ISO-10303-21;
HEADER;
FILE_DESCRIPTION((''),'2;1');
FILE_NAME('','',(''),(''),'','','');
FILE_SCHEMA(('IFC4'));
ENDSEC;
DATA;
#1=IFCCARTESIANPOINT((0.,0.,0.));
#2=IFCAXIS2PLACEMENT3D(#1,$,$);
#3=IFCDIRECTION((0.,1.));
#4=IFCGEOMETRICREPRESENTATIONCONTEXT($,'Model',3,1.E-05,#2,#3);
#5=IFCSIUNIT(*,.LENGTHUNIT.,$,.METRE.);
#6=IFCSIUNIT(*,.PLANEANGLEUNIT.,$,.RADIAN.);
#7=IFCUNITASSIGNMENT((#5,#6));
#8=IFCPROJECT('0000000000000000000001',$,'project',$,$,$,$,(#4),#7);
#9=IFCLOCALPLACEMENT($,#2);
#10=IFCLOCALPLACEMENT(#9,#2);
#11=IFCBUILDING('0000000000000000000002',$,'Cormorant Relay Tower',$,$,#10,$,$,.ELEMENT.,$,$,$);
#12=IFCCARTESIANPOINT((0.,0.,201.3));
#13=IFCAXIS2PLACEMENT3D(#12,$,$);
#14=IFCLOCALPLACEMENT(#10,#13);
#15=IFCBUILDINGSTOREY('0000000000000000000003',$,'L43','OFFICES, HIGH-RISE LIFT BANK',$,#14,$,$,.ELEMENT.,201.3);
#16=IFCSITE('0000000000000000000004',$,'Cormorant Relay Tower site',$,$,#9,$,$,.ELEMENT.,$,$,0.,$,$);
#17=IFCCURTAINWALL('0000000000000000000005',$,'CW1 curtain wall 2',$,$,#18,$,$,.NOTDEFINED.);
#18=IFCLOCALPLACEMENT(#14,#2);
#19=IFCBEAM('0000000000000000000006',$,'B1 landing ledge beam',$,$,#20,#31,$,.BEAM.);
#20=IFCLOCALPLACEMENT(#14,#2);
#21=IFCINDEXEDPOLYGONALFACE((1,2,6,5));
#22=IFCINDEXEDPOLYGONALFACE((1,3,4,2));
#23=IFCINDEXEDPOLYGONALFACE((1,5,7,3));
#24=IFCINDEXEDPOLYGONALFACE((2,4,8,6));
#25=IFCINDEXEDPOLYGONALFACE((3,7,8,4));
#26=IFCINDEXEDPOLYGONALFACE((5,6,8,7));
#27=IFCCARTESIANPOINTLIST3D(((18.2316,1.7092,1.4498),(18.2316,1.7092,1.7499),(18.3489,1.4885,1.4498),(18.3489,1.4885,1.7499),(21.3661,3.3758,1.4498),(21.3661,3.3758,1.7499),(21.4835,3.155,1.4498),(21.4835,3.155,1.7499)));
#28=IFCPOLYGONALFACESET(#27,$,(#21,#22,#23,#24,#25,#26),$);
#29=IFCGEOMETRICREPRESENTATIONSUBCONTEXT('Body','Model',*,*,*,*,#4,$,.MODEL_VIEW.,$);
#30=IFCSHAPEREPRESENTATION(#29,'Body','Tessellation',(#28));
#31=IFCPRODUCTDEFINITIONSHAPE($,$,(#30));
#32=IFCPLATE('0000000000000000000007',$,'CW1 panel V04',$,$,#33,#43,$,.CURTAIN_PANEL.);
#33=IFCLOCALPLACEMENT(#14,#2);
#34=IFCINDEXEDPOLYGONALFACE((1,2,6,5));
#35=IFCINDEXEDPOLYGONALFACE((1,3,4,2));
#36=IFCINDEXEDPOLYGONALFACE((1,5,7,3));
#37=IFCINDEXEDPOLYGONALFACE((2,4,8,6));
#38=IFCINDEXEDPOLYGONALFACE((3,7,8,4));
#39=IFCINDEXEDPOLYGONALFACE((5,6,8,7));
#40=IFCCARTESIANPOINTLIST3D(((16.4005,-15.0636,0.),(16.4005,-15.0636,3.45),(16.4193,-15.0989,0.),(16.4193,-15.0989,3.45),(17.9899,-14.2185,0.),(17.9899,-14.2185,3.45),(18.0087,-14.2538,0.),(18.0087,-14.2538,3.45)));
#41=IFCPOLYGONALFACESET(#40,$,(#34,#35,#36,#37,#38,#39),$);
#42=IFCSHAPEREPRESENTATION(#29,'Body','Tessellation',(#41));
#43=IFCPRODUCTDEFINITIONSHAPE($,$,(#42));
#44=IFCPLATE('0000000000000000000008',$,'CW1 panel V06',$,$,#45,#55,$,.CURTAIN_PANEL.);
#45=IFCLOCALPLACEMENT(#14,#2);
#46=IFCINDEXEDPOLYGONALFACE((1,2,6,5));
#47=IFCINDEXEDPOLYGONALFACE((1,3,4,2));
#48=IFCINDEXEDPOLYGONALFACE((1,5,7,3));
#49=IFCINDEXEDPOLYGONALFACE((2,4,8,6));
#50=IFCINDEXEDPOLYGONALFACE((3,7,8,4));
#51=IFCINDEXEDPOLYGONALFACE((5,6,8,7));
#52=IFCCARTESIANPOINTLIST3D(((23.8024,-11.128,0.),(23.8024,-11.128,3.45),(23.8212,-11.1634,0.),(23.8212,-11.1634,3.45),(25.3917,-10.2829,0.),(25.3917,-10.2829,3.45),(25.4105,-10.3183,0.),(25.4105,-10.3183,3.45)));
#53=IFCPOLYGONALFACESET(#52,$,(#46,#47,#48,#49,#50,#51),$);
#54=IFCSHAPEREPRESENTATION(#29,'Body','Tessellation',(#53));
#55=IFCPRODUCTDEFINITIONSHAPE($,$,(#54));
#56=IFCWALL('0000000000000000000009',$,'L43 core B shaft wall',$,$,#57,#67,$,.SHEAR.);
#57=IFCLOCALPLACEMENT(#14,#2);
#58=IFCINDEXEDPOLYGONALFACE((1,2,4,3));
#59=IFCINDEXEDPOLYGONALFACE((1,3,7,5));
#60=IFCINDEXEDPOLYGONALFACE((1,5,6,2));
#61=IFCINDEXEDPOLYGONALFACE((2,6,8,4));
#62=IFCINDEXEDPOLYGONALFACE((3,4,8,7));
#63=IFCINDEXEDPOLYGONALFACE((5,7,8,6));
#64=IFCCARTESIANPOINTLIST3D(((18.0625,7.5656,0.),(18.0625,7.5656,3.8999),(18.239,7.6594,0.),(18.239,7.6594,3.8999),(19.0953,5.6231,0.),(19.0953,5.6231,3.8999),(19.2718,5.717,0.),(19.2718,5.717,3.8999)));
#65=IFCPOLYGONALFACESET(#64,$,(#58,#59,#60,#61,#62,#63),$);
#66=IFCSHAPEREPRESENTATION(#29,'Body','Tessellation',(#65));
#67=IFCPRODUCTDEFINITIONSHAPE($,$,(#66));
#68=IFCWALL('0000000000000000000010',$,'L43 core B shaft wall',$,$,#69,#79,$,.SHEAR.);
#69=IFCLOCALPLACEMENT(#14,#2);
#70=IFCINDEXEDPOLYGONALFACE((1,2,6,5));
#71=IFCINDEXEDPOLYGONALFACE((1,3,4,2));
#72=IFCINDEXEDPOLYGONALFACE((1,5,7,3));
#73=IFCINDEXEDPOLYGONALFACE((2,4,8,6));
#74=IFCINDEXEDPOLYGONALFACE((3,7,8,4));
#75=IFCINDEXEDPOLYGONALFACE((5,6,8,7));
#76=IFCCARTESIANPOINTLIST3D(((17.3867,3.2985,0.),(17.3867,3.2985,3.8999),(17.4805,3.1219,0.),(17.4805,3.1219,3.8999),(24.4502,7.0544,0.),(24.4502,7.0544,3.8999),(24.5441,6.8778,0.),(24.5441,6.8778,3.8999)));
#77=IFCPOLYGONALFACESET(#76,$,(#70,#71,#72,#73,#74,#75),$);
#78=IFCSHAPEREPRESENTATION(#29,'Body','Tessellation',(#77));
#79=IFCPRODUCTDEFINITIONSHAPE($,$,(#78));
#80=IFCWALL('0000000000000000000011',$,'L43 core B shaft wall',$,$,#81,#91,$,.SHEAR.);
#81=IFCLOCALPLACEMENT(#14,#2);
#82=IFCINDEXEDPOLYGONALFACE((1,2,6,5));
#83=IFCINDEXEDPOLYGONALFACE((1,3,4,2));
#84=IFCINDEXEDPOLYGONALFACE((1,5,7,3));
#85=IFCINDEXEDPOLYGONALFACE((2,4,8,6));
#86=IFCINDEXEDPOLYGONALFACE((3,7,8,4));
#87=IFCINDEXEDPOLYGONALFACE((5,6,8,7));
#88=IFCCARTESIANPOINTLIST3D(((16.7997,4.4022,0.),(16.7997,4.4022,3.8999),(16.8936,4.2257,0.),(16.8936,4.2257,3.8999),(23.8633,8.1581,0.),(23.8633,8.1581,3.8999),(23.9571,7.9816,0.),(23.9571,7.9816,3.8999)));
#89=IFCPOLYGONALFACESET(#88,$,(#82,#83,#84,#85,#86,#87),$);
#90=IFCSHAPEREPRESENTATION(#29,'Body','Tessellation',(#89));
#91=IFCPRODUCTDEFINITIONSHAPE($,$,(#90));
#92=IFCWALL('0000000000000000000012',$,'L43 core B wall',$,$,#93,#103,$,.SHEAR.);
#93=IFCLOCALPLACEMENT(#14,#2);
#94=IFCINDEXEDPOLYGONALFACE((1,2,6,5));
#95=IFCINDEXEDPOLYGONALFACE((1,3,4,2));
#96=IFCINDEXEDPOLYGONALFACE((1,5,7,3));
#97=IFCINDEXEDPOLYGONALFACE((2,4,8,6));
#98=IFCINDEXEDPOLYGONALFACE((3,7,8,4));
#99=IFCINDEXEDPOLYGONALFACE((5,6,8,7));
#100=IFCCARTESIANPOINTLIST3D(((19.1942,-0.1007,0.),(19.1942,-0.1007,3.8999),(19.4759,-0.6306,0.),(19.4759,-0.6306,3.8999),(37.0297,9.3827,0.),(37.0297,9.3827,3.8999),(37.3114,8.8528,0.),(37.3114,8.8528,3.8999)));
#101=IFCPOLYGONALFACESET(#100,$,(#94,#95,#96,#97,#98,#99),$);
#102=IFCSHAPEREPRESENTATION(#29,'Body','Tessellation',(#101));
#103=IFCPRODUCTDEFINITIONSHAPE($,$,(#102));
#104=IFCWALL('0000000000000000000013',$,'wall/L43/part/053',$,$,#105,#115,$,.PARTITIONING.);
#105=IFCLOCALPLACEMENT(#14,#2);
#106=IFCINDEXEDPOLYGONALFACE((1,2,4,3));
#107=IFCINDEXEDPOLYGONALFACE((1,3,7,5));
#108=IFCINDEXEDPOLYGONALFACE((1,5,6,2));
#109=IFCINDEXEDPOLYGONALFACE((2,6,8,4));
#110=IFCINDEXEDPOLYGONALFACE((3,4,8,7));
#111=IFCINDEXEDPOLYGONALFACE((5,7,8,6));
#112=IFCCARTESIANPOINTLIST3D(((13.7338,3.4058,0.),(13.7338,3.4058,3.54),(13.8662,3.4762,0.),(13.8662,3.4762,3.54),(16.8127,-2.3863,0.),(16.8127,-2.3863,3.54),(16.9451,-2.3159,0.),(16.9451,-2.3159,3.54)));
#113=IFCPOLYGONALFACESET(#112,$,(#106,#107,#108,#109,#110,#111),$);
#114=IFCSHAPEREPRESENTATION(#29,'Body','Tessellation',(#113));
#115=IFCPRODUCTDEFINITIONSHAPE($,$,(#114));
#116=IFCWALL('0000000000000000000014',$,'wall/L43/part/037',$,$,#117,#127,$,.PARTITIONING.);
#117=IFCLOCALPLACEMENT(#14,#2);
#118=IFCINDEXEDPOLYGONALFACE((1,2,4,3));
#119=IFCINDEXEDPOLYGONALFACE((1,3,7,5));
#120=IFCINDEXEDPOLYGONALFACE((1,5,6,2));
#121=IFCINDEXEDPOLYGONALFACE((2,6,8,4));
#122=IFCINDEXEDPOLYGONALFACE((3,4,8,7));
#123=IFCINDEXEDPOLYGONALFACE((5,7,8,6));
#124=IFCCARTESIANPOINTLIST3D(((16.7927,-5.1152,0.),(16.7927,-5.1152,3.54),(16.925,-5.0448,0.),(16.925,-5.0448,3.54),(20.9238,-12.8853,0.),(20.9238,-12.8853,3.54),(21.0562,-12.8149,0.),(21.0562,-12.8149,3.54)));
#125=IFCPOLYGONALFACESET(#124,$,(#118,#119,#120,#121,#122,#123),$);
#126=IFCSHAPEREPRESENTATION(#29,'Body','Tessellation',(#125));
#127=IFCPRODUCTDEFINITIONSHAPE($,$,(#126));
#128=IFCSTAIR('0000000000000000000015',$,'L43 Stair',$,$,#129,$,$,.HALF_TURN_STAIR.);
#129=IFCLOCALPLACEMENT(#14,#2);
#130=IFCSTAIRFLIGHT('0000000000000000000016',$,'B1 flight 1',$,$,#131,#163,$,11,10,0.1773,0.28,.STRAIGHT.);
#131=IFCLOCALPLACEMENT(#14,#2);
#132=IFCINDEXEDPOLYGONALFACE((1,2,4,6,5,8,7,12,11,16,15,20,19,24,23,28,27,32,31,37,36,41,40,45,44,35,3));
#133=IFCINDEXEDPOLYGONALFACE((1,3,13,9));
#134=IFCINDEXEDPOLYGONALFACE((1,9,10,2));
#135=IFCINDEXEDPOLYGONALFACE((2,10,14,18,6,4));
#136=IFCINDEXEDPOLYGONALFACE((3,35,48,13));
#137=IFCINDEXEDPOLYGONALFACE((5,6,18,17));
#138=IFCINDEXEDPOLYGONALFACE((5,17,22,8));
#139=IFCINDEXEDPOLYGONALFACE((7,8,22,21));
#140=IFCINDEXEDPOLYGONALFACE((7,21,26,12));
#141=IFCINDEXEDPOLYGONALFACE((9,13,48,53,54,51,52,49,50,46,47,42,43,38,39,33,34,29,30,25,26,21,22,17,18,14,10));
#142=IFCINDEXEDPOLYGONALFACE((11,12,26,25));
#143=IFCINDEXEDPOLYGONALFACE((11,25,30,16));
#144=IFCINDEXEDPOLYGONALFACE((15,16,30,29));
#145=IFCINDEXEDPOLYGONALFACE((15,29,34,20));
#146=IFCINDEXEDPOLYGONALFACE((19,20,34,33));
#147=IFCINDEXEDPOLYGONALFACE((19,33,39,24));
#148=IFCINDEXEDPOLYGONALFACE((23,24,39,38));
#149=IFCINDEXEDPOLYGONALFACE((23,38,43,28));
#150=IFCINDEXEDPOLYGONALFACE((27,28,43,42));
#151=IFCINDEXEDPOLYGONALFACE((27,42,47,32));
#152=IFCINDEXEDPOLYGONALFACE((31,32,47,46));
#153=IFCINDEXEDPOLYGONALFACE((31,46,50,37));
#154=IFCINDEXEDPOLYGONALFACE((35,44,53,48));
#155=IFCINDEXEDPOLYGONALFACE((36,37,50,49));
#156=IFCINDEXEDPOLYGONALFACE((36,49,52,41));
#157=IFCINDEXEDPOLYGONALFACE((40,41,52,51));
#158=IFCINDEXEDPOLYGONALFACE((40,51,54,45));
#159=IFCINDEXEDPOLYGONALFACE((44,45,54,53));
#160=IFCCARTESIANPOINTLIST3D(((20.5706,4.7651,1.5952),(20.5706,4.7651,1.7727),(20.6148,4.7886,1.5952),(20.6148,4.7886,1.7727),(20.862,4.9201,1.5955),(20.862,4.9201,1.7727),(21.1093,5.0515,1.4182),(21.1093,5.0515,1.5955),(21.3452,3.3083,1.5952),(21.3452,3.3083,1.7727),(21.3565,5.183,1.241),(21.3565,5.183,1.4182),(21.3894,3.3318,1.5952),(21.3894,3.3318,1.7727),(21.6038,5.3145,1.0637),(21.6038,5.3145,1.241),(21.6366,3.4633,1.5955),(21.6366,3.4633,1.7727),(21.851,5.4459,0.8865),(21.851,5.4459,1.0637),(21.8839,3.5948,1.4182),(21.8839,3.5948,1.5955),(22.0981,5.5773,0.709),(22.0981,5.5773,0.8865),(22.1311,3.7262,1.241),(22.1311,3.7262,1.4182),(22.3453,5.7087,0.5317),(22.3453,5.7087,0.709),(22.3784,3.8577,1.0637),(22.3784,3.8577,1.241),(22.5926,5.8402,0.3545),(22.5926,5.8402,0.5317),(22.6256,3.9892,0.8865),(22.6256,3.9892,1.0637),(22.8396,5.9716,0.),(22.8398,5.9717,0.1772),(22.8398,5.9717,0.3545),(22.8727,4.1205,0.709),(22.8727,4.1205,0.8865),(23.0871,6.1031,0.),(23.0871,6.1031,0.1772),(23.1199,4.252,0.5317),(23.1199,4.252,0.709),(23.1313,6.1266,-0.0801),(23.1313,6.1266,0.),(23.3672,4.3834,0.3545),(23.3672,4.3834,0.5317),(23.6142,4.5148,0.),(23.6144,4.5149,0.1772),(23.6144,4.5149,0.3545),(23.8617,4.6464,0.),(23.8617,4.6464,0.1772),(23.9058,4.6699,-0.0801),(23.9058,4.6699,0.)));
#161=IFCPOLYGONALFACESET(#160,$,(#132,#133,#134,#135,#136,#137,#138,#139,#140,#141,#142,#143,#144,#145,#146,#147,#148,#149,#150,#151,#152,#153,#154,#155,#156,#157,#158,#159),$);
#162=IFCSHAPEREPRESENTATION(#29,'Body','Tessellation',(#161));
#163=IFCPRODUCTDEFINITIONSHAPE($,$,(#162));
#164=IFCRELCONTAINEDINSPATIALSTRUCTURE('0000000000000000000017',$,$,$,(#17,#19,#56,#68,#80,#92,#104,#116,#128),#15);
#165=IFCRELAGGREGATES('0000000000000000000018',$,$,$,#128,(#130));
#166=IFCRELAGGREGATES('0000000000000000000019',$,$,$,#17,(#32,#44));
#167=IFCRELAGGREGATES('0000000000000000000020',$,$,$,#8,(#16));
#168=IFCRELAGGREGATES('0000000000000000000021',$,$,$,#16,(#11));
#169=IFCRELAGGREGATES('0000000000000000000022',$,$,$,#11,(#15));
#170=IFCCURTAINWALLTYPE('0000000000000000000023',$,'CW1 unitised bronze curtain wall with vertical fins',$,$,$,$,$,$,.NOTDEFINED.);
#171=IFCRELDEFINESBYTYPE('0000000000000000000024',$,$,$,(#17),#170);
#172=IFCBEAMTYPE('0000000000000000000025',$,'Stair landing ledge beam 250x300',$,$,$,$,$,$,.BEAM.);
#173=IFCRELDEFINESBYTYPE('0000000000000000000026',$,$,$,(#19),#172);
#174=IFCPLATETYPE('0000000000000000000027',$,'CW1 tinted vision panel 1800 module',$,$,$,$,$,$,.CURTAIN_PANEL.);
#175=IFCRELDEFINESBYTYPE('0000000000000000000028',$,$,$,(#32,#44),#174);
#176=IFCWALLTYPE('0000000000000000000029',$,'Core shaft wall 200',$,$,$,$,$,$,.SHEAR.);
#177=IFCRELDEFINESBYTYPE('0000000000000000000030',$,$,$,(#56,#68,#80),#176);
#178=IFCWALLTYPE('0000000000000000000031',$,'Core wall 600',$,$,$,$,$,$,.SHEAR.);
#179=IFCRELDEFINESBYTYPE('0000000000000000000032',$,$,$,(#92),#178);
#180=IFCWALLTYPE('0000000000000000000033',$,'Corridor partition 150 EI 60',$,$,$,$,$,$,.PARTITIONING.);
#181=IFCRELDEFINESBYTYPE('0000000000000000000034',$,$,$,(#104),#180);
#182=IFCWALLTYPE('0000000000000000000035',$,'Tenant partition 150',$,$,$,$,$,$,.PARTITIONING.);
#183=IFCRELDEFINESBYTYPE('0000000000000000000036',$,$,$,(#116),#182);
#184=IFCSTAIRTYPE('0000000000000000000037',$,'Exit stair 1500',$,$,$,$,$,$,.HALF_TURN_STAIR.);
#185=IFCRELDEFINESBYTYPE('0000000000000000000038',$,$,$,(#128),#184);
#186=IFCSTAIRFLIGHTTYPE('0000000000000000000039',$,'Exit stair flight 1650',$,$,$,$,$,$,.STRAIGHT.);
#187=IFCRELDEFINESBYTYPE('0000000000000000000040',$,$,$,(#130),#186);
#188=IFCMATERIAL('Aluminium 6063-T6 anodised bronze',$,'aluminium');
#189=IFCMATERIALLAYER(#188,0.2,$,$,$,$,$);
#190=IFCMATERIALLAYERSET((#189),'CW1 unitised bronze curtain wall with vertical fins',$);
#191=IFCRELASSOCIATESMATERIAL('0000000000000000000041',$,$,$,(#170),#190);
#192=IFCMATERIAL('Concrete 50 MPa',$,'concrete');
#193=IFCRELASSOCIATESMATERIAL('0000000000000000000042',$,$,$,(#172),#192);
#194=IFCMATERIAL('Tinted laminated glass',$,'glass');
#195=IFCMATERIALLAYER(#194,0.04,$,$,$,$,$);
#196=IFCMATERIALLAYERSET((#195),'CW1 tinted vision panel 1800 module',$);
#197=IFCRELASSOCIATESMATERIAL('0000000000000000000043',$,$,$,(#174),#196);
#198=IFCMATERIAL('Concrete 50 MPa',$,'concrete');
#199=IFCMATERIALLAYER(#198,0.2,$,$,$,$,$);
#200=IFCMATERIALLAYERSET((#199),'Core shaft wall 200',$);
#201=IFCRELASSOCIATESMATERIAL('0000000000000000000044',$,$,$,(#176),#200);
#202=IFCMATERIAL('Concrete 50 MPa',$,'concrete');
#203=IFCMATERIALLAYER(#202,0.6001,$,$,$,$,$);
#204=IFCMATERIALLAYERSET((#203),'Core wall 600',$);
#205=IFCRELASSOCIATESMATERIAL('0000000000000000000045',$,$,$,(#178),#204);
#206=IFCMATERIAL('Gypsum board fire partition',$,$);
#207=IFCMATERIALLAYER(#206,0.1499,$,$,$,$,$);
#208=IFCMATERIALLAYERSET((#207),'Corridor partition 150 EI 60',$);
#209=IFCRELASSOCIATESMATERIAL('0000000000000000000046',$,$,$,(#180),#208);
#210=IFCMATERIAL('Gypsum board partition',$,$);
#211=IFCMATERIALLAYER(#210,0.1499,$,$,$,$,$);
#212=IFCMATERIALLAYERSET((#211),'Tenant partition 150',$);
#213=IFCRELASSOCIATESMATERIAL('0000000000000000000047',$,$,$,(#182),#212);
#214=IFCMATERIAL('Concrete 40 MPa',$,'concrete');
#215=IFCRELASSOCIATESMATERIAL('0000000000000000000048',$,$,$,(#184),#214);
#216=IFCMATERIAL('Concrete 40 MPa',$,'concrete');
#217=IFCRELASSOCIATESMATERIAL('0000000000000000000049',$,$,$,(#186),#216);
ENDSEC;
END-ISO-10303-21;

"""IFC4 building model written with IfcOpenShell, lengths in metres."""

from ifc_helpers import new_model, si_unit, direction, frame, frame_2d, origin, origin_2d, place, context, subcontext, project, spatial, polyline, rectangle, outline, extrude, material, layer, layer_set, material_profile, profile_set, type_object, element, aggregate, save


model = new_model("IFC4")

# Units and contexts
model_context = context("Model", 3, precision=1e-05, world=origin(), true_north=direction((0.0, 1.0)))
body_context = subcontext(model_context, "Body", "Model", "MODEL_VIEW")
ifc_project = project(units=[si_unit("LENGTHUNIT", "METRE"), si_unit("PLANEANGLEUNIT", "RADIAN")], contexts=[model_context])

# Site, building, storey
site_placement = place(None, origin())
site = spatial("IfcSite", under=ifc_project, at=site_placement, Name="Cormorant Relay Tower site", CompositionType="ELEMENT", RefElevation=0.0)
building_placement = place(site_placement, origin())
building = spatial("IfcBuilding", under=site, at=building_placement, Name="Cormorant Relay Tower", CompositionType="ELEMENT")
storey_placement = place(building_placement, frame((0.0, 0.0, 201.3)))
storey = spatial("IfcBuildingStorey", under=building, at=storey_placement, Name="L43", Description="OFFICES, HIGH-RISE LIFT BANK", CompositionType="ELEMENT", Elevation=201.3)

# Curtain wall
ifc_material_1 = material(Name="Aluminium 6063-T6 anodised bronze", Category="aluminium")
ifc_layer_1 = layer(ifc_material_1, 0.2)
ifc_layer_set_1 = layer_set([ifc_layer_1], Name="CW1 unitised bronze curtain wall with vertical fins")
curtain_wall_type = type_object("IfcCurtainWallType", Name="CW1 unitised bronze curtain wall with vertical fins", PredefinedType="NOTDEFINED", material=ifc_layer_set_1)
curtain_wall_placement = place(storey_placement, origin())
curtain_wall = element("IfcCurtainWall", 1, at=curtain_wall_placement, inside=storey, type_object=curtain_wall_type, Name="CW1 curtain wall 2", PredefinedType="NOTDEFINED")

# Beam
ifc_material_2 = material(Name="Concrete 50 MPa", Category="concrete")
ifc_material_profile_1 = material_profile(ifc_material_2, rectangle(XDim=0.25, YDim=0.3, at=origin_2d()), Name="RC 250x300")
ifc_profile_set_1 = profile_set([ifc_material_profile_1], Name="Concrete 50 MPa")
beam_type_1 = type_object("IfcBeamType", Name="Stair landing ledge beam 250x300", PredefinedType="BEAM", material=ifc_profile_set_1)
beam_1_placement = place(storey_placement, frame((21.4248, 3.2654, 1.5999), z_axis=(-0.882965, -0.469438, 0.0), x_axis=(0.469438, -0.882965, 0.0)))
element("IfcBeam", 2, at=beam_1_placement, inside=storey, type_object=beam_type_1, Name="B1 landing ledge beam", PredefinedType="BEAM", context=body_context, shape_type="SweptSolid", body=[
    extrude(rectangle(XDim=0.25, YDim=0.3, at=origin_2d()), origin(), (0.0, 0.0, 1.0), 3.55),
])

# Plates
ifc_material_3 = material(Name="Tinted laminated glass", Category="glass")
ifc_layer_2 = layer(ifc_material_3, 0.04)
ifc_layer_set_2 = layer_set([ifc_layer_2], Name="CW1 tinted vision panel 1800 module")
plate_type = type_object("IfcPlateType", Name="CW1 tinted vision panel 1800 module", PredefinedType="CURTAIN_PANEL", material=ifc_layer_set_2)
plate_1_placement = place(storey_placement, frame((17.2046, -14.6587, 0.0), z_axis=(0.0, 0.0, 1.0), x_axis=(0.882948, 0.469472, 0.0)))
plate_1 = element("IfcPlate", 3, at=plate_1_placement, type_object=plate_type, Name="CW1 panel V04", PredefinedType="CURTAIN_PANEL", context=body_context, shape_type="SweptSolid", body=[
    extrude(rectangle(XDim=1.8, YDim=0.04, at=origin_2d()), origin(), (0.0, 0.0, 1.0), 3.45),
])
plate_2_placement = place(storey_placement, frame((24.6064, -10.7231, 0.0), z_axis=(0.0, 0.0, 1.0), x_axis=(0.882948, 0.469472, 0.0)))
plate_2 = element("IfcPlate", 4, at=plate_2_placement, type_object=plate_type, Name="CW1 panel V06", PredefinedType="CURTAIN_PANEL", context=body_context, shape_type="SweptSolid", body=[
    extrude(rectangle(XDim=1.8, YDim=0.04, at=origin_2d()), origin(), (0.0, 0.0, 1.0), 3.45),
])

# Walls
ifc_material_4 = material(Name="Concrete 50 MPa", Category="concrete")
ifc_layer_3 = layer(ifc_material_4, 0.2)
ifc_layer_set_3 = layer_set([ifc_layer_3], Name="Core shaft wall 200")
wall_type_1 = type_object("IfcWallType", Name="Core shaft wall 200", PredefinedType="SHEAR", material=ifc_layer_set_3)
wall_1_placement = place(storey_placement, frame((19.1836, 5.6699, 0.0), z_axis=(0.0, 0.0, 1.0), x_axis=(-0.469447, 0.88296, 0.0)))
element("IfcWall", 5, at=wall_1_placement, inside=storey, type_object=wall_type_1, Name="L43 core B shaft wall", PredefinedType="SHEAR", context=body_context, shape_type="SweptSolid", body=[
    extrude(rectangle(XDim=2.2, YDim=0.2, at=frame_2d((1.1001, 0.0))), origin(), (0.0, 0.0, 1.0), 3.8999),
])
for number, where, z_axis, x_axis, name in (
    (6, (17.4336, 3.2102, 0.0), (0.0, 0.0, 1.0), (0.88294, 0.469485, 0.0), "L43 core B shaft wall"),
    (7, (16.8467, 4.314, 0.0), (0.0, 0.0, 1.0), (0.88294, 0.469485, 0.0), "L43 core B shaft wall"),
):
    element("IfcWall", number, at=place(storey_placement, frame(where, z_axis=z_axis, x_axis=x_axis)), inside=storey, type_object=wall_type_1, Name=name, PredefinedType="SHEAR", context=body_context, shape_type="SweptSolid", body=[
        extrude(rectangle(XDim=8.0, YDim=0.2, at=frame_2d((4.0, 0.0))), origin(), (0.0, 0.0, 1.0), 3.8999),
    ])

# Shared definitions
ifc_material_5 = material(Name="Concrete 50 MPa", Category="concrete")
ifc_layer_4 = layer(ifc_material_5, 0.6001)
ifc_layer_set_4 = layer_set([ifc_layer_4], Name="Core wall 600")
wall_type_2 = type_object("IfcWallType", Name="Core wall 600", PredefinedType="SHEAR", material=ifc_layer_set_4)

# Walls
wall_2_placement = place(storey_placement, frame((19.335, -0.3657, 0.0), z_axis=(0.0, 0.0, 1.0), x_axis=(0.882945, 0.469476, 0.0)))
element("IfcWall", 8, at=wall_2_placement, inside=storey, type_object=wall_type_2, Name="L43 core B wall", PredefinedType="SHEAR", context=body_context, shape_type="SweptSolid", body=[
    extrude(rectangle(XDim=20.2, YDim=0.6001, at=frame_2d((10.1001, 0.0))), origin(), (0.0, 0.0, 1.0), 3.8999),
])
ifc_material_6 = material(Name="Gypsum board fire partition")
ifc_layer_5 = layer(ifc_material_6, 0.1499)
ifc_layer_set_5 = layer_set([ifc_layer_5], Name="Corridor partition 150 EI 60")
wall_type_3 = type_object("IfcWallType", Name="Corridor partition 150 EI 60", PredefinedType="PARTITIONING", material=ifc_layer_set_5)
wall_3_placement = place(storey_placement, frame((16.8789, -2.3511, 0.0), z_axis=(0.0, 0.0, 1.0), x_axis=(-0.469377, 0.882998, 0.0)))
element("IfcWall", 9, at=wall_3_placement, inside=storey, type_object=wall_type_3, Name="wall/L43/part/053", PredefinedType="PARTITIONING", context=body_context, shape_type="SweptSolid", body=[
    extrude(rectangle(XDim=6.5596, YDim=0.1499, at=frame_2d((3.2798, 0.0))), origin(), (0.0, 0.0, 1.0), 3.54),
])
ifc_material_7 = material(Name="Gypsum board partition")
ifc_layer_6 = layer(ifc_material_7, 0.1499)
ifc_layer_set_6 = layer_set([ifc_layer_6], Name="Tenant partition 150")
wall_type_4 = type_object("IfcWallType", Name="Tenant partition 150", PredefinedType="PARTITIONING", material=ifc_layer_set_6)
wall_4_placement = place(storey_placement, frame((16.8589, -5.0801, 0.0), z_axis=(0.0, 0.0, 1.0), x_axis=(0.469446, -0.882961, 0.0)))
element("IfcWall", 10, at=wall_4_placement, inside=storey, type_object=wall_type_4, Name="wall/L43/part/037", PredefinedType="PARTITIONING", context=body_context, shape_type="SweptSolid", body=[
    extrude(rectangle(XDim=8.8, YDim=0.1499, at=frame_2d((4.3999, 0.0))), origin(), (0.0, 0.0, 1.0), 3.54),
])

# Stair, stair flight
ifc_material_8 = material(Name="Concrete 40 MPa", Category="concrete")
stair_type = type_object("IfcStairType", Name="Exit stair 1500", PredefinedType="HALF_TURN_STAIR", material=ifc_material_8)
stair_placement = place(storey_placement, origin())
stair = element("IfcStair", 11, at=stair_placement, inside=storey, type_object=stair_type, Name="L43 Stair", PredefinedType="HALF_TURN_STAIR")
ifc_material_9 = material(Name="Concrete 40 MPa", Category="concrete")
stair_flight_type = type_object("IfcStairFlightType", Name="Exit stair flight 1650", PredefinedType="STRAIGHT", material=ifc_material_9)
stair_flight_1_placement = place(storey_placement, frame((23.4744, 5.3748, 0.0), z_axis=(0.0, 0.0, 1.0), x_axis=(-0.882948, -0.469472, 0.0)))
stair_flight_1 = element("IfcStairFlight", 12, at=stair_flight_1_placement, type_object=stair_flight_type, Name="B1 flight 1", NumberOfRisers=11, NumberOfTreads=10, PredefinedType="STRAIGHT", RiserHeight=0.1773, TreadLength=0.28, context=body_context, shape_type="SweptSolid", body=[
    extrude(outline(polyline([(-0.05, -0.0801), (-0.05, 0.0), (0.0, 0.0), (0.0, 0.1772), (0.28, 0.1772), (0.28, 0.3545), (0.5601, 0.3545), (0.5601, 0.5317), (0.8401, 0.5317), (0.8401, 0.709), (1.1201, 0.709), (1.1201, 0.8865), (1.3999, 0.8865), (1.3999, 1.0637), (1.6799, 1.0637), (1.6799, 1.241), (1.96, 1.241), (1.96, 1.4182), (2.24, 1.4182), (2.24, 1.5955), (2.52, 1.5955), (2.52, 1.7727), (2.8, 1.7727), (2.8501, 1.7727), (2.8501, 1.5952), (2.8, 1.5952), (0.2803, 0.0), (-0.05, -0.0801)])), frame((0.0, 0.825, 0.0), z_axis=(0.0, -1.0, 0.0), x_axis=(1.0, 0.0, 0.0)), (0.0, 0.0, 1.0), 1.6499),
])
aggregate(stair, [stair_flight_1])

aggregate(curtain_wall, [plate_1, plate_2])

save(model, "model.ifc")
